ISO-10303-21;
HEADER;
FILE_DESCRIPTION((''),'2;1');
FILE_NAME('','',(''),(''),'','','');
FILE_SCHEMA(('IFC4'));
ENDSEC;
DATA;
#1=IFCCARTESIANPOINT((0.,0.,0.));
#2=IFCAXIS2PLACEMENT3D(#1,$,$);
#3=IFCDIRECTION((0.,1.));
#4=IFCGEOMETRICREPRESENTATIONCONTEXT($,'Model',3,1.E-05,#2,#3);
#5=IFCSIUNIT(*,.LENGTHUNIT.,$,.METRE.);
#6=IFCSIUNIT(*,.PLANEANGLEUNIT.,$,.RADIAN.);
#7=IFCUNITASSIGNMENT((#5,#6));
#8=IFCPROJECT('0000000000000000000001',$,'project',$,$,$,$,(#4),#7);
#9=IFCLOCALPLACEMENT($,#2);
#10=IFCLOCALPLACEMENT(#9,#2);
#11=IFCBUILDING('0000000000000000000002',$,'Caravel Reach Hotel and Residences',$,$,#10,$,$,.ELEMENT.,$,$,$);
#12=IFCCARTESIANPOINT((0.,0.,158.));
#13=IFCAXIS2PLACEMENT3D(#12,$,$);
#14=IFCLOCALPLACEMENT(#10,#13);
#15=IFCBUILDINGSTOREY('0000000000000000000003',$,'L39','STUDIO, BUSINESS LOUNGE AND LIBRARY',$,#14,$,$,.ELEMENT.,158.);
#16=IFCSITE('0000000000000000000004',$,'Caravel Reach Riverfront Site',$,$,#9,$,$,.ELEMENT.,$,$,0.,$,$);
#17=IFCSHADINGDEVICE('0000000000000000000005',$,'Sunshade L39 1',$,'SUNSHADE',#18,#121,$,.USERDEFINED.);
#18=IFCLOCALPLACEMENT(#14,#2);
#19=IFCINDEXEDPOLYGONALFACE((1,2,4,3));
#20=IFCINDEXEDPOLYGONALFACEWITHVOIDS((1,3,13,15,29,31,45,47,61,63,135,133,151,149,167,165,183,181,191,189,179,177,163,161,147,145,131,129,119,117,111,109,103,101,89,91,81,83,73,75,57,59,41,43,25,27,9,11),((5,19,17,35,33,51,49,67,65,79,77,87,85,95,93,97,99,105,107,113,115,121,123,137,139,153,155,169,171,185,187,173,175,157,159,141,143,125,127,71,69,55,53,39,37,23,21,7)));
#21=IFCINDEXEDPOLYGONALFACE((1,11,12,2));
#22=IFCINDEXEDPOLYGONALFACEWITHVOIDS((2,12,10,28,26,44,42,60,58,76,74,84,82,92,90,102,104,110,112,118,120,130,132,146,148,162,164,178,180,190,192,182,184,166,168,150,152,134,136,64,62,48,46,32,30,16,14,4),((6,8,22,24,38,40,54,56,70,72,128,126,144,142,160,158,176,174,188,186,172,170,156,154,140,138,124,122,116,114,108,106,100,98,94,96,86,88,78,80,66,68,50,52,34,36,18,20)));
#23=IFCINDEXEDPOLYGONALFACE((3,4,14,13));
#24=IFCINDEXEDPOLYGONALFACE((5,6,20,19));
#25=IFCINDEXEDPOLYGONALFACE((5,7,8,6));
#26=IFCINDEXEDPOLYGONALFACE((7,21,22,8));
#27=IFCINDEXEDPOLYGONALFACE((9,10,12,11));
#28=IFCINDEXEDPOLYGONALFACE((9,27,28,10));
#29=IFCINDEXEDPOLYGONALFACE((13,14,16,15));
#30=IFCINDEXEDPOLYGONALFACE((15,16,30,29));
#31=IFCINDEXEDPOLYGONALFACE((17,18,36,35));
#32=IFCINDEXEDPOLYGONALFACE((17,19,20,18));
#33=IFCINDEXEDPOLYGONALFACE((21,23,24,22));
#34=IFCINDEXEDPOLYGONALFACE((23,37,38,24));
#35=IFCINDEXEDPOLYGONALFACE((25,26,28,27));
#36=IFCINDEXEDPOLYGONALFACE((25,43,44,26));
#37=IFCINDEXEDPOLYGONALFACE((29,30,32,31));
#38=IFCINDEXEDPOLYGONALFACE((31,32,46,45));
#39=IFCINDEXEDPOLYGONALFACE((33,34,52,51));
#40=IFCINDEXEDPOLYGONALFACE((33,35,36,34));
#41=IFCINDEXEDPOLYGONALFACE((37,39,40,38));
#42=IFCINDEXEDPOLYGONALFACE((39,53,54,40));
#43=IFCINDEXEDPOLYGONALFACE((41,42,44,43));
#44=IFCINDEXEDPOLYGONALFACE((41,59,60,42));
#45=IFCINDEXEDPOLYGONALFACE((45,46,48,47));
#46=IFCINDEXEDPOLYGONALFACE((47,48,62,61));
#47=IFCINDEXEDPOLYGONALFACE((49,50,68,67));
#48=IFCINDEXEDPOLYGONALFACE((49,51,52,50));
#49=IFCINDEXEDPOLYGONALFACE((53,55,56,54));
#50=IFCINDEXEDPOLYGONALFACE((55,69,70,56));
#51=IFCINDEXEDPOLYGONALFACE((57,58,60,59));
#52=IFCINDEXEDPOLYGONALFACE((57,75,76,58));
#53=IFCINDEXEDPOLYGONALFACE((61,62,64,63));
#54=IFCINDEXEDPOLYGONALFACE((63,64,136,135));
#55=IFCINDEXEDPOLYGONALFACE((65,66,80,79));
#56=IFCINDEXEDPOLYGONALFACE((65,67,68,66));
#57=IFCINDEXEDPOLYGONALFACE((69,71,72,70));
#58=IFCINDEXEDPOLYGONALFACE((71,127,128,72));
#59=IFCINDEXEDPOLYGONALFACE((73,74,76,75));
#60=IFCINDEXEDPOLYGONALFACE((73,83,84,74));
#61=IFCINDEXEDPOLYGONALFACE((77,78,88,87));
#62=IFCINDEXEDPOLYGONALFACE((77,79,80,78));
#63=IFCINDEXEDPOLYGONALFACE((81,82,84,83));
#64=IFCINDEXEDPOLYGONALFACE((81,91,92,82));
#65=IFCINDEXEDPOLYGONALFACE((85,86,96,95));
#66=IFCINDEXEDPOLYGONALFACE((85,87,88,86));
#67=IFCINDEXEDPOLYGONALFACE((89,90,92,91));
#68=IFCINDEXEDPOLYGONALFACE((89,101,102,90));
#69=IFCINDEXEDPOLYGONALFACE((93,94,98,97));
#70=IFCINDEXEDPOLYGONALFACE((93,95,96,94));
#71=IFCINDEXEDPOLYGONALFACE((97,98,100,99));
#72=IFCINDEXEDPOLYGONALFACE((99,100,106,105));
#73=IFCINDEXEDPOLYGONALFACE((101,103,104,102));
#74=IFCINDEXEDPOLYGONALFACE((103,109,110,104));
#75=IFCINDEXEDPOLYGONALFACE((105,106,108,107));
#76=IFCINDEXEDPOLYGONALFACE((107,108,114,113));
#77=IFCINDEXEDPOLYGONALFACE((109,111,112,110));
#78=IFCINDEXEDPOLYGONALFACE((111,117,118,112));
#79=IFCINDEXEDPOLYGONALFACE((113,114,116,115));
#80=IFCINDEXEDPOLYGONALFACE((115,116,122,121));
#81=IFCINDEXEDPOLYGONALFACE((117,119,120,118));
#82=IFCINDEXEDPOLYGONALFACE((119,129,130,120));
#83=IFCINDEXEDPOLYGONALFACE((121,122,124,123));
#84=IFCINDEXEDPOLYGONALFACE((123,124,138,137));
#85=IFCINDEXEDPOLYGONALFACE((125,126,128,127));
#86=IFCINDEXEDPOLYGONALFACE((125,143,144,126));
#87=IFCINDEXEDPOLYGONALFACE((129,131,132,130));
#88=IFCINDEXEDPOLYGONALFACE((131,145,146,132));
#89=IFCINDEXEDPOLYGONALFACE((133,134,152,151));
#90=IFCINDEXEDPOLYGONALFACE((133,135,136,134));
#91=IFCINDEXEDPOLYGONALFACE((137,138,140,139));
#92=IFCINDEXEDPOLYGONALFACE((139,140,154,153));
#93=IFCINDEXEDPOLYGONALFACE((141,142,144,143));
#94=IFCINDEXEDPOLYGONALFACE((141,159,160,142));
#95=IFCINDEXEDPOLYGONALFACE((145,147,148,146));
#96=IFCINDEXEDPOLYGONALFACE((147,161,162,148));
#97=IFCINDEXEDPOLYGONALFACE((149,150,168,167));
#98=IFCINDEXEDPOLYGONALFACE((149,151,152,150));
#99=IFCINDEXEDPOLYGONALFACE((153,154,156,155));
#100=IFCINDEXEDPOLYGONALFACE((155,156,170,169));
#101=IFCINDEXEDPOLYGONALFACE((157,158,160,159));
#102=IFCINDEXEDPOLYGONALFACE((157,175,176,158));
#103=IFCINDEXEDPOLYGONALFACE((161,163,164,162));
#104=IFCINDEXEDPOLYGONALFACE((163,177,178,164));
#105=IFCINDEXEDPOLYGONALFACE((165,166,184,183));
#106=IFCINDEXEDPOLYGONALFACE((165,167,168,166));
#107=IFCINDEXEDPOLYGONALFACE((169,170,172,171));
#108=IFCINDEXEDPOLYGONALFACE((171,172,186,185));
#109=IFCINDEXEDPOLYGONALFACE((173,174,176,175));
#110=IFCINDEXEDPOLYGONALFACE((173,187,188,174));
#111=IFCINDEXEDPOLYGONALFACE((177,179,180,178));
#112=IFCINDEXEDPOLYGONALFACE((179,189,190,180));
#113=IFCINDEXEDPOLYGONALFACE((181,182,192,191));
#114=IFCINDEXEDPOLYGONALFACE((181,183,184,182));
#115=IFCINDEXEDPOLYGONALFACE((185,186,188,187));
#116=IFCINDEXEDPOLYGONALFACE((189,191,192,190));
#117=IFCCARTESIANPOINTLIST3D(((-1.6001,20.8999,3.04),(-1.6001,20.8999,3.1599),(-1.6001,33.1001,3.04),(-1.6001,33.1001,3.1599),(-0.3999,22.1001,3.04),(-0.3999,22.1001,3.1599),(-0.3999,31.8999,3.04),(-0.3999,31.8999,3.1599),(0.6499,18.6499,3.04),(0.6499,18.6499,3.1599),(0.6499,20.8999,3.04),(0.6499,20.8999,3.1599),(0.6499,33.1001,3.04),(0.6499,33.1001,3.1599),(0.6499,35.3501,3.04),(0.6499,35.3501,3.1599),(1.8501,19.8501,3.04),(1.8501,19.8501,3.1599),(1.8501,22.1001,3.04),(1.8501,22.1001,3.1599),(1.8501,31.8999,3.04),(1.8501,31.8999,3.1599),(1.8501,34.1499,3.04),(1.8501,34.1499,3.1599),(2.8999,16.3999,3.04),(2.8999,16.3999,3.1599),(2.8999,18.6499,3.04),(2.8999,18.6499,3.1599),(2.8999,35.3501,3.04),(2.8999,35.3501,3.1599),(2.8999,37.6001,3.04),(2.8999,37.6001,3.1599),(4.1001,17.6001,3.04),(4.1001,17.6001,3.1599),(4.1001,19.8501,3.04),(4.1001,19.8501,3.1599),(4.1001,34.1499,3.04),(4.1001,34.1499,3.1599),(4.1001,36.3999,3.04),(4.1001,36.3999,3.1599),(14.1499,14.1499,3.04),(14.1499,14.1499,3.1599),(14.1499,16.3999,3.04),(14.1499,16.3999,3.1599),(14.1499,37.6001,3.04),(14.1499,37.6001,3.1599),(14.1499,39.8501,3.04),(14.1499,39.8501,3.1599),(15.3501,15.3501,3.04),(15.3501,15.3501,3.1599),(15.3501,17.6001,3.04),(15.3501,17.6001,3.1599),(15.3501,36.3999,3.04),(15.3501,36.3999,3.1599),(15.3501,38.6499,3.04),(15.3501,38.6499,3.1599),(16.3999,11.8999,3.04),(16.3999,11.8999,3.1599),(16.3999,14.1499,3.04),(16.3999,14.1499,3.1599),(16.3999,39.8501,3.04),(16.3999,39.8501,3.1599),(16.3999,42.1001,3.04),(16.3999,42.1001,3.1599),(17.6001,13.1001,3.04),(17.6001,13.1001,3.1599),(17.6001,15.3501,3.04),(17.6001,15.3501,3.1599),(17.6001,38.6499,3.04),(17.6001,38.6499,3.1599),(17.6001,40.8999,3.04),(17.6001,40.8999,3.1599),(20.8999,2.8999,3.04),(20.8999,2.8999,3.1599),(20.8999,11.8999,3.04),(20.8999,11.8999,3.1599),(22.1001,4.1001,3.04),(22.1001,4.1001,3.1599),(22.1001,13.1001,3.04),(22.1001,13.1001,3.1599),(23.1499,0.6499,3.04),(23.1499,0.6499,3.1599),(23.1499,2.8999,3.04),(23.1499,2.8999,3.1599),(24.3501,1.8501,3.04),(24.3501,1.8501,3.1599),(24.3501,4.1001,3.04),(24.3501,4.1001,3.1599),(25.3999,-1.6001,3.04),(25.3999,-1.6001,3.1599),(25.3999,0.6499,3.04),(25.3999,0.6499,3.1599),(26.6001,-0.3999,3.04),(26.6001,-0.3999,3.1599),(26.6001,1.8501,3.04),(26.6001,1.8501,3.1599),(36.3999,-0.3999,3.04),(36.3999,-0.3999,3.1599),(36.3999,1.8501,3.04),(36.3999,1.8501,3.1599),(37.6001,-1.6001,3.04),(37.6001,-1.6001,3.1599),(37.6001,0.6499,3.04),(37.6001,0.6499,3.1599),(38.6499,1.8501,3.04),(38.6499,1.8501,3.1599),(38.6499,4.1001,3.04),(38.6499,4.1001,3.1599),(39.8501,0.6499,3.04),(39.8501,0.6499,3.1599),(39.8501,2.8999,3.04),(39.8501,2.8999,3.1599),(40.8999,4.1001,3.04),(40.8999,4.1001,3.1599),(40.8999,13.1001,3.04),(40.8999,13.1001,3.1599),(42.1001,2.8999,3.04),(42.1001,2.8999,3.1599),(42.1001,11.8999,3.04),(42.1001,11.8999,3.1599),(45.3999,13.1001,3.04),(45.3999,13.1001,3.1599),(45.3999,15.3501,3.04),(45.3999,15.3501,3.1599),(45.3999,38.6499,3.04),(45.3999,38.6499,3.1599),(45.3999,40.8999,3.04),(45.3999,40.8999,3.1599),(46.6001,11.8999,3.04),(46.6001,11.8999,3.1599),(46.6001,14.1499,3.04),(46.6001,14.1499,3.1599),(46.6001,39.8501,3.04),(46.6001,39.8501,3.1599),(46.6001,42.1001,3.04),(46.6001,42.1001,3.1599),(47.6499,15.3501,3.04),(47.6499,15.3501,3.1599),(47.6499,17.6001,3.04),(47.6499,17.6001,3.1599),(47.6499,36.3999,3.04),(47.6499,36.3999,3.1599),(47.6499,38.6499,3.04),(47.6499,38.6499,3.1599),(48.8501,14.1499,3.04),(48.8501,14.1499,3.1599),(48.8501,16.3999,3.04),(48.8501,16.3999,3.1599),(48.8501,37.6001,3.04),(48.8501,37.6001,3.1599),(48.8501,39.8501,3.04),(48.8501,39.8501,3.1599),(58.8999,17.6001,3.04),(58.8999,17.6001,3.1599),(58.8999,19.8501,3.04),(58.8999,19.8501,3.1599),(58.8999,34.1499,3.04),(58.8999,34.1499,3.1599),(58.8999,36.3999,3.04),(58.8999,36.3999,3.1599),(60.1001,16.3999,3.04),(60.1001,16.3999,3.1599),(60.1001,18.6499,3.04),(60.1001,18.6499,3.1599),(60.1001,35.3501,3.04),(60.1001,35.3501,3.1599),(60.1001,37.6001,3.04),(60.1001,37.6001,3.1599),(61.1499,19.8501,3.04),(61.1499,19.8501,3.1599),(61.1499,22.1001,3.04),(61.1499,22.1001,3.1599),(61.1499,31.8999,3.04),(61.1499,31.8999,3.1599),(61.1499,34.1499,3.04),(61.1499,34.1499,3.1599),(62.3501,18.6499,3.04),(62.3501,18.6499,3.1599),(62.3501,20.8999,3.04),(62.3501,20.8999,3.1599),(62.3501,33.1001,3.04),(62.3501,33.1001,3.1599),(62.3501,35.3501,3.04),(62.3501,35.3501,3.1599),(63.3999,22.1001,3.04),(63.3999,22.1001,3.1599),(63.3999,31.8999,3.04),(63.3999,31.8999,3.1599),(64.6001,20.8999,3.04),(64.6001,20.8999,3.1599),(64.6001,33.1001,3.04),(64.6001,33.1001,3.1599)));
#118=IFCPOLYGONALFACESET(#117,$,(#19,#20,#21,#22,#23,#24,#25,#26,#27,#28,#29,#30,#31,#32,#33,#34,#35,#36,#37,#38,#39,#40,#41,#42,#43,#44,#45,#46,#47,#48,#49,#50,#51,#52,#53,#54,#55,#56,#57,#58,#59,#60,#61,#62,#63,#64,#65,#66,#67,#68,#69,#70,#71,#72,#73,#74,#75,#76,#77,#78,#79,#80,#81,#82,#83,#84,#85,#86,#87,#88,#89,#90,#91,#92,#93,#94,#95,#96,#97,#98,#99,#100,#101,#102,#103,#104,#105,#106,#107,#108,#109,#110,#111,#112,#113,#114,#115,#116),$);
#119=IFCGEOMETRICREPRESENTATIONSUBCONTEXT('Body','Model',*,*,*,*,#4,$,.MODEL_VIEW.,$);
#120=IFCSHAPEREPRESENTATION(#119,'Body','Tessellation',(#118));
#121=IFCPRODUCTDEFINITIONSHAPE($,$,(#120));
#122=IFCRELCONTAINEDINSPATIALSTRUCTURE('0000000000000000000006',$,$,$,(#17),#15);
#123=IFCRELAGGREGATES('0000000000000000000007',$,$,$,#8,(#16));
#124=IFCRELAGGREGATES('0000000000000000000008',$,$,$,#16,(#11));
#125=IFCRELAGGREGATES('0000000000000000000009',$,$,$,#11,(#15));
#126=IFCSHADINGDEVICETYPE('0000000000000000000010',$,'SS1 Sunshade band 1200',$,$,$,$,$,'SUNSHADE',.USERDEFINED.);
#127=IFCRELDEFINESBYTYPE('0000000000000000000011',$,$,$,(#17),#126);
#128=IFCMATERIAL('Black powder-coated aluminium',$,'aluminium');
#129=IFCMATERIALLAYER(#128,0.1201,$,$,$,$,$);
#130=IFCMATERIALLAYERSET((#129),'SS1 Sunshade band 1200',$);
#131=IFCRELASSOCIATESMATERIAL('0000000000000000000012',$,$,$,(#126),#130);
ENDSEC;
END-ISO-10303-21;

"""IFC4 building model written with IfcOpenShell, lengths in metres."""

from ifc_helpers import new_model, si_unit, direction, frame, origin, place, context, subcontext, project, spatial, polyline, outline, extrude, material, layer, layer_set, type_object, element, save


model = new_model("IFC4")

# Units and contexts
model_context = context("Model", 3, precision=1e-05, world=origin(), true_north=direction((0.0, 1.0)))
body_context = subcontext(model_context, "Body", "Model", "MODEL_VIEW")
ifc_project = project(units=[si_unit("LENGTHUNIT", "METRE"), si_unit("PLANEANGLEUNIT", "RADIAN")], contexts=[model_context])

# Site, building, storey
site_placement = place(None, origin())
site = spatial("IfcSite", under=ifc_project, at=site_placement, Name="Caravel Reach Riverfront Site", CompositionType="ELEMENT", RefElevation=0.0)
building_placement = place(site_placement, origin())
building = spatial("IfcBuilding", under=site, at=building_placement, Name="Caravel Reach Hotel and Residences", CompositionType="ELEMENT")
storey_placement = place(building_placement, frame((0.0, 0.0, 158.0)))
storey = spatial("IfcBuildingStorey", under=building, at=storey_placement, Name="L39", Description="STUDIO, BUSINESS LOUNGE AND LIBRARY", CompositionType="ELEMENT", Elevation=158.0)

# Shading device
ifc_material_1 = material(Name="Black powder-coated aluminium", Category="aluminium")
ifc_layer_1 = layer(ifc_material_1, 0.1201)
ifc_layer_set_1 = layer_set([ifc_layer_1], Name="SS1 Sunshade band 1200")
shading_device_type = type_object("IfcShadingDeviceType", Name="SS1 Sunshade band 1200", ElementType="SUNSHADE", PredefinedType="USERDEFINED", material=ifc_layer_set_1)
shading_device_placement = place(storey_placement, frame((0.0, 0.0, 3.04)))
element("IfcShadingDevice", 1, at=shading_device_placement, inside=storey, type_object=shading_device_type, Name="Sunshade L39 1", ObjectType="SUNSHADE", PredefinedType="USERDEFINED", context=body_context, shape_type="SweptSolid", body=[
    extrude(outline(polyline([(20.8999, 11.8999), (20.8999, 2.8999), (23.1499, 2.8999), (23.1499, 0.6499), (25.3999, 0.6499), (25.3999, -1.6001), (37.6001, -1.6001), (37.6001, 0.6499), (39.8501, 0.6499), (39.8501, 2.8999), (42.1001, 2.8999), (42.1001, 11.8999), (46.6001, 11.8999), (46.6001, 14.1499), (48.8501, 14.1499), (48.8501, 16.3999), (60.1001, 16.3999), (60.1001, 18.6499), (62.3501, 18.6499), (62.3501, 20.8999), (64.6001, 20.8999), (64.6001, 33.1001), (62.3501, 33.1001), (62.3501, 35.3501), (60.1001, 35.3501), (60.1001, 37.6001), (48.8501, 37.6001), (48.8501, 39.8501), (46.6001, 39.8501), (46.6001, 42.1001), (16.3999, 42.1001), (16.3999, 39.8501), (14.1499, 39.8501), (14.1499, 37.6001), (2.8999, 37.6001), (2.8999, 35.3501), (0.6499, 35.3501), (0.6499, 33.1001), (-1.6001, 33.1001), (-1.6001, 20.8999), (0.6499, 20.8999), (0.6499, 18.6499), (2.8999, 18.6499), (2.8999, 16.3999), (14.1499, 16.3999), (14.1499, 14.1499), (16.3999, 14.1499), (16.3999, 11.8999), (20.8999, 11.8999)]), holes=[polyline([(24.3501, 4.1001), (22.1001, 4.1001), (22.1001, 13.1001), (17.6001, 13.1001), (17.6001, 15.3501), (15.3501, 15.3501), (15.3501, 17.6001), (4.1001, 17.6001), (4.1001, 19.8501), (1.8501, 19.8501), (1.8501, 22.1001), (-0.3999, 22.1001), (-0.3999, 31.8999), (1.8501, 31.8999), (1.8501, 34.1499), (4.1001, 34.1499), (4.1001, 36.3999), (15.3501, 36.3999), (15.3501, 38.6499), (17.6001, 38.6499), (17.6001, 40.8999), (45.3999, 40.8999), (45.3999, 38.6499), (47.6499, 38.6499), (47.6499, 36.3999), (58.8999, 36.3999), (58.8999, 34.1499), (61.1499, 34.1499), (61.1499, 31.8999), (63.3999, 31.8999), (63.3999, 22.1001), (61.1499, 22.1001), (61.1499, 19.8501), (58.8999, 19.8501), (58.8999, 17.6001), (47.6499, 17.6001), (47.6499, 15.3501), (45.3999, 15.3501), (45.3999, 13.1001), (40.8999, 13.1001), (40.8999, 4.1001), (38.6499, 4.1001), (38.6499, 1.8501), (36.3999, 1.8501), (36.3999, -0.3999), (26.6001, -0.3999), (26.6001, 1.8501), (24.3501, 1.8501), (24.3501, 4.1001)])]), origin(), (0.0, 0.0, 1.0), 0.1199),
])

save(model, "model.ifc")
